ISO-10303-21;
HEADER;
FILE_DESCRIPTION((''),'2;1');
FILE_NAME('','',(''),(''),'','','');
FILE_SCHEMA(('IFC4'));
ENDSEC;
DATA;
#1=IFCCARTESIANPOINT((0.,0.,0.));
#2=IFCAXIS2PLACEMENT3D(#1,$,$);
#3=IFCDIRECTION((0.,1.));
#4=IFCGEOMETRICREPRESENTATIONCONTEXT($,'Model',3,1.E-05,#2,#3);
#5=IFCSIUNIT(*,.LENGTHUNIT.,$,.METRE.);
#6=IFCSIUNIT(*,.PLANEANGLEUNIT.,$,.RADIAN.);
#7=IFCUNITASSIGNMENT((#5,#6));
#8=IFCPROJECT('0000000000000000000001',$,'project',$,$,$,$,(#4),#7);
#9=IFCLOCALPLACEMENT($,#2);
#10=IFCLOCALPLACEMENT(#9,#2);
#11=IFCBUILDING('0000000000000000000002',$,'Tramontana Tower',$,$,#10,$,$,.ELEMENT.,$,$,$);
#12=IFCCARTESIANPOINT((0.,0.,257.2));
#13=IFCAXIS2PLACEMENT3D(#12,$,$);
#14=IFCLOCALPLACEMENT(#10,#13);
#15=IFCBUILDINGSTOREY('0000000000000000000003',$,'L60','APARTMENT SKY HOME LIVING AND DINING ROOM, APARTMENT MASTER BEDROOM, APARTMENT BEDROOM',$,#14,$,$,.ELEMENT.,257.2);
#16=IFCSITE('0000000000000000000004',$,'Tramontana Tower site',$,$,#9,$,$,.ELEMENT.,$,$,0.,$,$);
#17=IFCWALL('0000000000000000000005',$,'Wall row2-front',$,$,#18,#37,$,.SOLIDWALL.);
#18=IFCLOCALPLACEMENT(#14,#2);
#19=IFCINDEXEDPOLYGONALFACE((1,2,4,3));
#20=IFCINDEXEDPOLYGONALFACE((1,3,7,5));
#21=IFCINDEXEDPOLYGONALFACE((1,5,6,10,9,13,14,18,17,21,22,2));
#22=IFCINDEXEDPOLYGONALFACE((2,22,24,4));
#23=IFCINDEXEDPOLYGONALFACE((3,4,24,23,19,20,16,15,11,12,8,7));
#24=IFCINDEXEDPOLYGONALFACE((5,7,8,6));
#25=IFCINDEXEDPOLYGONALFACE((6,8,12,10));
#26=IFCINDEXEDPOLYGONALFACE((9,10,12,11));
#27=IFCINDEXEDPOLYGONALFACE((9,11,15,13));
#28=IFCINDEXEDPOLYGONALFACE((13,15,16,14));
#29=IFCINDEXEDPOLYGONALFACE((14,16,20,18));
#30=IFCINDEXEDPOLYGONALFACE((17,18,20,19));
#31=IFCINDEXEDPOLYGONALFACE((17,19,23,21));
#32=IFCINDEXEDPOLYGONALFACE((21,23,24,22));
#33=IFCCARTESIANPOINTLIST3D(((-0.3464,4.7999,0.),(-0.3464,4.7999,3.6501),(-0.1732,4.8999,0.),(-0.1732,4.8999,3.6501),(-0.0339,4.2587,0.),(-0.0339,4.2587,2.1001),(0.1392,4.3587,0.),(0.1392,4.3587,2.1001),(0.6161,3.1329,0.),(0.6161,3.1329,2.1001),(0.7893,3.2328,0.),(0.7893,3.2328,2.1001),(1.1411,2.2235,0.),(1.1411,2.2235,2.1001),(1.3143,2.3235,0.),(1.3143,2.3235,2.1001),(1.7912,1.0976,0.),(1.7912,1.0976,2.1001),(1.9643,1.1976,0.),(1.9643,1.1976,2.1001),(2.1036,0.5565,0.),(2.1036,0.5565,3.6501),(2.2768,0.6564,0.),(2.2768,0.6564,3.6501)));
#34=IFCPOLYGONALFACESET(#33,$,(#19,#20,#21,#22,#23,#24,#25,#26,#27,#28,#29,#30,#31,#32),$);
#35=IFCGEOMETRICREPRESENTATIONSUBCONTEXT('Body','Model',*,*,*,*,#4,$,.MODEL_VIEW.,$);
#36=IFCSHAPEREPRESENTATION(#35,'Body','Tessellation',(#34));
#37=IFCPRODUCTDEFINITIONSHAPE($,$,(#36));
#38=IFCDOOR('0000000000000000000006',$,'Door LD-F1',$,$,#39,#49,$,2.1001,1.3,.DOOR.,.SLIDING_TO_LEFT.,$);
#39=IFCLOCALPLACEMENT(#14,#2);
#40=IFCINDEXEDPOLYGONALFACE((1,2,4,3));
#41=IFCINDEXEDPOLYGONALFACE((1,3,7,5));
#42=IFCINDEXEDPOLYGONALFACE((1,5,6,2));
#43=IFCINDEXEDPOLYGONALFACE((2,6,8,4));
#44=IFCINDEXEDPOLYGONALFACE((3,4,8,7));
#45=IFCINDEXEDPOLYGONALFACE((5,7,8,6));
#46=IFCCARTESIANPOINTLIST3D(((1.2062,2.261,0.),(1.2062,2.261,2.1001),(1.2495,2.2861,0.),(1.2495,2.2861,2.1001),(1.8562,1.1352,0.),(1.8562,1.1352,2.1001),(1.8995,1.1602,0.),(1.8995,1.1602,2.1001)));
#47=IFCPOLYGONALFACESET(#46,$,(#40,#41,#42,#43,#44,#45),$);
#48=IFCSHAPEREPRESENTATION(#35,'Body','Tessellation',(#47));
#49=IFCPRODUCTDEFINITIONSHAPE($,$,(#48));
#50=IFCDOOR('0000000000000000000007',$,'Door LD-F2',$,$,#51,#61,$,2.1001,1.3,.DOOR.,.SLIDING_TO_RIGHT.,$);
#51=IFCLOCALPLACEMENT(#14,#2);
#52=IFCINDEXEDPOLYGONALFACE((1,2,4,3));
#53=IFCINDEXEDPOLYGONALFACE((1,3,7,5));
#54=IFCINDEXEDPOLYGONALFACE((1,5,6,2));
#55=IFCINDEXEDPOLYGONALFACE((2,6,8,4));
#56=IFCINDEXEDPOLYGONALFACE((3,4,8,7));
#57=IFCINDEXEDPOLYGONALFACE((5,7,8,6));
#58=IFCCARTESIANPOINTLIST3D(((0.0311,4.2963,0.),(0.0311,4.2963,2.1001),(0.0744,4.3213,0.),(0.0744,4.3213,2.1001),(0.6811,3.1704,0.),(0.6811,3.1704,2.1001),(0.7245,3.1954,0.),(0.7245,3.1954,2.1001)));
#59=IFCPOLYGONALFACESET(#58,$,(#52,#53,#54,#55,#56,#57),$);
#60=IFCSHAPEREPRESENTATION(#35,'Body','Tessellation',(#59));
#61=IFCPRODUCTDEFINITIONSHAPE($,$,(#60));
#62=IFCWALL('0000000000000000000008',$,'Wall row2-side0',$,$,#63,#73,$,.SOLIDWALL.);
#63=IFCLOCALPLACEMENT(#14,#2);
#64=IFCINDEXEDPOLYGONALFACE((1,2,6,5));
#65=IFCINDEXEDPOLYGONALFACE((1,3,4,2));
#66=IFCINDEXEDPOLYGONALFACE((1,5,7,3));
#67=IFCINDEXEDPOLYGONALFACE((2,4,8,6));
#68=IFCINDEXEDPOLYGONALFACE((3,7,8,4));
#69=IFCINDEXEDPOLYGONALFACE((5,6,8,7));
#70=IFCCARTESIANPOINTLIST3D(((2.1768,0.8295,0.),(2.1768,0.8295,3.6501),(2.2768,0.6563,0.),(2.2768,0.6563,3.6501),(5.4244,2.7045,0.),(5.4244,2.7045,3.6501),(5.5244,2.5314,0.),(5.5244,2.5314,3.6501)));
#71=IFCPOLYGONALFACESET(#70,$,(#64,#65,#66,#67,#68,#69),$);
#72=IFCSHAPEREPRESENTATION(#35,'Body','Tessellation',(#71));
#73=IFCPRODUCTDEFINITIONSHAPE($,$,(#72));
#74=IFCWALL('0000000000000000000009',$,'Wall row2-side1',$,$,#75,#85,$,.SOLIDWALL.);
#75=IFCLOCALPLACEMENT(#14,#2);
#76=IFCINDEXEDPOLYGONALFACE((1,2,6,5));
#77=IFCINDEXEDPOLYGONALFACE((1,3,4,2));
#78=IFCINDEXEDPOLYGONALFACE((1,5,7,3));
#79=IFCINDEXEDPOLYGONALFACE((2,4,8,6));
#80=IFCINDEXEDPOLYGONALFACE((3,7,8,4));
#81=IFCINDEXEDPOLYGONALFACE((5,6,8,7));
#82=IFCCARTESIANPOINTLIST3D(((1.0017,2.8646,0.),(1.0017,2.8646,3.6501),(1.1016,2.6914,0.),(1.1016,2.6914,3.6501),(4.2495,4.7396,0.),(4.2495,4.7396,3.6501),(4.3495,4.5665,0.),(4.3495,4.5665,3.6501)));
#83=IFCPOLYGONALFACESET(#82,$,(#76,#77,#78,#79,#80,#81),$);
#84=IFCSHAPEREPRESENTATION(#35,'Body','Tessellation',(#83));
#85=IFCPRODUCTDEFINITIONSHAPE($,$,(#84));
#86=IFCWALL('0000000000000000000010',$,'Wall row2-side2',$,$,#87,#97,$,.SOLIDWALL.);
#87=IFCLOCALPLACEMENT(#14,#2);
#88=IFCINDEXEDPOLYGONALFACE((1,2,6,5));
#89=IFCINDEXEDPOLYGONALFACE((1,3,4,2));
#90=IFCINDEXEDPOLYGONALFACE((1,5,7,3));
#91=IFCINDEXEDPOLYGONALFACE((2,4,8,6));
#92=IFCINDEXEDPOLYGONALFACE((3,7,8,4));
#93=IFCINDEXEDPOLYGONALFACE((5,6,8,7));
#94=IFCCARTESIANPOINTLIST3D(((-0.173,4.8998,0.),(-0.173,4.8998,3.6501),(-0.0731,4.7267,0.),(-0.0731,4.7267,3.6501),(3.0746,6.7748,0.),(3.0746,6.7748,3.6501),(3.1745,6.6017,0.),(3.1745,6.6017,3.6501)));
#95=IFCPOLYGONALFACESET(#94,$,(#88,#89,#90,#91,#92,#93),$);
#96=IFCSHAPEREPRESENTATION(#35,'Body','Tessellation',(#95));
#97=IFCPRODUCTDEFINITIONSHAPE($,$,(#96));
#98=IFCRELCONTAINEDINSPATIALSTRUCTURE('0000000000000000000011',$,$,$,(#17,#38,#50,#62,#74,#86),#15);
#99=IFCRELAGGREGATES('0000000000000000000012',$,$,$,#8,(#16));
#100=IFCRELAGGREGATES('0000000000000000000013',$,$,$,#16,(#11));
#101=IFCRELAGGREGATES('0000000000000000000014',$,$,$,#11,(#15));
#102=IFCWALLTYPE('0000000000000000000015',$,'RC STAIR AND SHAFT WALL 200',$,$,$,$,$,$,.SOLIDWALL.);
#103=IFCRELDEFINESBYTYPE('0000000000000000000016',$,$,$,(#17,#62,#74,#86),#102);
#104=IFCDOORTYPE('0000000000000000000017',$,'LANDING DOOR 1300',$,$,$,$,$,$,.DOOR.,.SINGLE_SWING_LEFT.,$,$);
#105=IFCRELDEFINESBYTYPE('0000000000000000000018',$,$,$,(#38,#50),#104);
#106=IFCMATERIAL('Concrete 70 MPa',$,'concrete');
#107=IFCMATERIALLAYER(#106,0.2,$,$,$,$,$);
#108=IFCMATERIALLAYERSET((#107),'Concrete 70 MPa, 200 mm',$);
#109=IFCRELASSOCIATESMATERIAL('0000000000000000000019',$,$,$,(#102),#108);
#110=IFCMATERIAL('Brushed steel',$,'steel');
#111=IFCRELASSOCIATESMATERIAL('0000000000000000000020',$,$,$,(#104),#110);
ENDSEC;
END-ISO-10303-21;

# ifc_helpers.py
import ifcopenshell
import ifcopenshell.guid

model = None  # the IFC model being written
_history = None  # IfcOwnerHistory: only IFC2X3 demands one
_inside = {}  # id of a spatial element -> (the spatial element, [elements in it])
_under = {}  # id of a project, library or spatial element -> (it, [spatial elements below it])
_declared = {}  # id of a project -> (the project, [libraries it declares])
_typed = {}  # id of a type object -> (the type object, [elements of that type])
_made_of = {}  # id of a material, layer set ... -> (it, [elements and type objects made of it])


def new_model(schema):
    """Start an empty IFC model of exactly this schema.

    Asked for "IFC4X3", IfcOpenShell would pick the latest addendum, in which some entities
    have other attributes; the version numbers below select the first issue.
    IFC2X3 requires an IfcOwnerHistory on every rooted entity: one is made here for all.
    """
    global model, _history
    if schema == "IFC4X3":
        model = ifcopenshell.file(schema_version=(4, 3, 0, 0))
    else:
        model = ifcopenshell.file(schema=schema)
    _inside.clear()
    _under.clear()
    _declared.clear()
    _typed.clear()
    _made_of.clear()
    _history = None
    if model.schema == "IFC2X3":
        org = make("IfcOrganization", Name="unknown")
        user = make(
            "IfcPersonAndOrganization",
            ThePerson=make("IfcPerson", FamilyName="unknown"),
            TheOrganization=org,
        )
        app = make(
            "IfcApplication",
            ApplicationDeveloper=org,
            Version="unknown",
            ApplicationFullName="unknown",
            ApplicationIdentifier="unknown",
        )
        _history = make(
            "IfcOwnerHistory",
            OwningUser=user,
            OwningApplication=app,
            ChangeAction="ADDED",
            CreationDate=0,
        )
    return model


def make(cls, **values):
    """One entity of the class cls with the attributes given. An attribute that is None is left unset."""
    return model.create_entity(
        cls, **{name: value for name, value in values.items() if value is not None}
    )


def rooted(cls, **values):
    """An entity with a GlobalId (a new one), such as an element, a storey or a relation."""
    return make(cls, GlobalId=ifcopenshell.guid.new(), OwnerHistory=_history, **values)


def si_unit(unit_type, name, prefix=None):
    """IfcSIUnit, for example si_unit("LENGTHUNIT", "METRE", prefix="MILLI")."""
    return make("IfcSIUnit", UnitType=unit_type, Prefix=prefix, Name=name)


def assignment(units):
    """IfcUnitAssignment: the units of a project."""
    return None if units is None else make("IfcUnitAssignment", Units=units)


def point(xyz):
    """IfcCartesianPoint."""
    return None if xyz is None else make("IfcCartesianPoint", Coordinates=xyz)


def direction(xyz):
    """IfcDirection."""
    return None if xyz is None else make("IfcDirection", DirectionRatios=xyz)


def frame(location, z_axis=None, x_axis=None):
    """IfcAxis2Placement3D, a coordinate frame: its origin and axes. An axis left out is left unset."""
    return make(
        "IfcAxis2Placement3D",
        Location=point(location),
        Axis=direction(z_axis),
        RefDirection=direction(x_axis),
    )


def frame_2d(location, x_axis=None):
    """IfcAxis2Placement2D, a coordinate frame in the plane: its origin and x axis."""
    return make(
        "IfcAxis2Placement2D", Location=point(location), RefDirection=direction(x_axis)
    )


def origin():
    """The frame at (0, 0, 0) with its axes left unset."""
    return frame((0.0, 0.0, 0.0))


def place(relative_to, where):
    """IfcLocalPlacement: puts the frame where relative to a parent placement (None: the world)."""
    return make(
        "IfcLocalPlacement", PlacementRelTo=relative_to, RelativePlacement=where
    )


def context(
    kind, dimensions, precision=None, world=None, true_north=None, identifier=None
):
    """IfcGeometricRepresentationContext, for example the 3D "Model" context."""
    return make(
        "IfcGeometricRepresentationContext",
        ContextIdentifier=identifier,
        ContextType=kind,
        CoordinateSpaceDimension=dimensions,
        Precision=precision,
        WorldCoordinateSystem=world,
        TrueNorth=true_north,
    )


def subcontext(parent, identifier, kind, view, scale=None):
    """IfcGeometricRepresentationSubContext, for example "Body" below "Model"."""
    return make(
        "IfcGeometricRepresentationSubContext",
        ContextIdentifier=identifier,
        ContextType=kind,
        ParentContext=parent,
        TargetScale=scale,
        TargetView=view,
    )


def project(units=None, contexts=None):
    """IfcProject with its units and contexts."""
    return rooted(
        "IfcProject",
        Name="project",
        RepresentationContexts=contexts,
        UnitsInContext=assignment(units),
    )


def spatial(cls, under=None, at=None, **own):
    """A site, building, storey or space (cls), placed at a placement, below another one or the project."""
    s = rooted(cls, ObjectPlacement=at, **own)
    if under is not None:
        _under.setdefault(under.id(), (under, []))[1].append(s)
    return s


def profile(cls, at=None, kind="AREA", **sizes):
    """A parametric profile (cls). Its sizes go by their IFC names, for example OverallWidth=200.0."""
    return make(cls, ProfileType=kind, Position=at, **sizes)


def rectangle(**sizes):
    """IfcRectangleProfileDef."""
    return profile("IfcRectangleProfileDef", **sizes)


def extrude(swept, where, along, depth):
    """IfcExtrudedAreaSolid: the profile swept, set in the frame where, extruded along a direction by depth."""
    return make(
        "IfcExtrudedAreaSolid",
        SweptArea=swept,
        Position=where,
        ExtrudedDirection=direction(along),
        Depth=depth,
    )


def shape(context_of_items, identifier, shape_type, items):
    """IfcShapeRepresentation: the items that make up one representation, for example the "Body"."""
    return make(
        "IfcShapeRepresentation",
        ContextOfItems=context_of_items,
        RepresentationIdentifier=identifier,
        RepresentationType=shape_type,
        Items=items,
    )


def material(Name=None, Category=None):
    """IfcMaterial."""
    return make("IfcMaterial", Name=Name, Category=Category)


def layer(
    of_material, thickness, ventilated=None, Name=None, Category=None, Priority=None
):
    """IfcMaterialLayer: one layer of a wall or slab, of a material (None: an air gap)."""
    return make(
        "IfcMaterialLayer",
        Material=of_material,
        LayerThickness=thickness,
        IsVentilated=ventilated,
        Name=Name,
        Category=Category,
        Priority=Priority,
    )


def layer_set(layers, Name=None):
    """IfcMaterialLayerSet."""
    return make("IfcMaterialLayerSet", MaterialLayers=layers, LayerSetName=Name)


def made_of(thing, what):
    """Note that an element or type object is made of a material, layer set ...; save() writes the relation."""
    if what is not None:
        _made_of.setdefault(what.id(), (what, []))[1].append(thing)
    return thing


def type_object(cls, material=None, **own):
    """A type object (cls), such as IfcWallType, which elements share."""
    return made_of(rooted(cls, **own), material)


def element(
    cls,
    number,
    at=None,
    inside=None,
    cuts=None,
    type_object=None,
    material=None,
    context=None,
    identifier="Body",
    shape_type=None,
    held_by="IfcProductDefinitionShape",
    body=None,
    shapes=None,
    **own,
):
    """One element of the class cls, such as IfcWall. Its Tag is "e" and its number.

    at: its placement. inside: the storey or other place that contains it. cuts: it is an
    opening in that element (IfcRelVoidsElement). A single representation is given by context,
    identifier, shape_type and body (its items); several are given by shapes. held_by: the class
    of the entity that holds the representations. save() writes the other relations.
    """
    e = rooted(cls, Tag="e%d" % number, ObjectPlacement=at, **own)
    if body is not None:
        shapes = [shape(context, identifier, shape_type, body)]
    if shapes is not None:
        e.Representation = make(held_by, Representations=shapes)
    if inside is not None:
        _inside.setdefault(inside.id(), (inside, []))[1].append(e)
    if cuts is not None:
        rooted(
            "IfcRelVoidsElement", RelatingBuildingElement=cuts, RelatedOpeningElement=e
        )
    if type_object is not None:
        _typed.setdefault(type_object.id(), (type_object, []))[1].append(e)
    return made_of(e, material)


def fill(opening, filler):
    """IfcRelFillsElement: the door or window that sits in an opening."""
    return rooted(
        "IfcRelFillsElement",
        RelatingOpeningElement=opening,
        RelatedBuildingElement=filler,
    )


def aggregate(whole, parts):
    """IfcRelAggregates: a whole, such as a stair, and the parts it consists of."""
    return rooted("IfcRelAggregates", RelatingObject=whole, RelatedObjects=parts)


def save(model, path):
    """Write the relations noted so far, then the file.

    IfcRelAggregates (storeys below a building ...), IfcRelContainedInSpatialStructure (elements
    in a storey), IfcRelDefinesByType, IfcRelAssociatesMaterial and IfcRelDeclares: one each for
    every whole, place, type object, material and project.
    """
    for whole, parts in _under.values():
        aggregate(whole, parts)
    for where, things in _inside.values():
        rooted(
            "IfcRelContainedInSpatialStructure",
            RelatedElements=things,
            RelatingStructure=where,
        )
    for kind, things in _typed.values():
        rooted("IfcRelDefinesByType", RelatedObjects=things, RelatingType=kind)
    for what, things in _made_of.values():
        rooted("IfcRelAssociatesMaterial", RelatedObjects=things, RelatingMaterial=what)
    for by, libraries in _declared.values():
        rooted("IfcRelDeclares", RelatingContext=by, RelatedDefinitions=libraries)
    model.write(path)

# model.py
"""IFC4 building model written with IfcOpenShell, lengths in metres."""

from ifc_helpers import new_model, si_unit, direction, frame, frame_2d, origin, place, context, subcontext, project, spatial, rectangle, extrude, material, layer, layer_set, type_object, element, fill, save


model = new_model("IFC4")

# Units and contexts
model_context = context("Model", 3, precision=1e-05, world=origin(), true_north=direction((0.0, 1.0)))
body_context = subcontext(model_context, "Body", "Model", "MODEL_VIEW")
ifc_project = project(units=[si_unit("LENGTHUNIT", "METRE"), si_unit("PLANEANGLEUNIT", "RADIAN")], contexts=[model_context])

# Site, building, storey
site_placement = place(None, origin())
site = spatial("IfcSite", under=ifc_project, at=site_placement, Name="Tramontana Tower site", CompositionType="ELEMENT", RefElevation=0.0)
building_placement = place(site_placement, origin())
building = spatial("IfcBuilding", under=site, at=building_placement, Name="Tramontana Tower", CompositionType="ELEMENT")
storey_placement = place(building_placement, frame((0.0, 0.0, 257.2)))
storey = spatial("IfcBuildingStorey", under=building, at=storey_placement, Name="L60", Description="APARTMENT SKY HOME LIVING AND DINING ROOM, APARTMENT MASTER BEDROOM, APARTMENT BEDROOM", CompositionType="ELEMENT", Elevation=257.2)

# Wall, openings, doors
ifc_material_1 = material(Name="Concrete 70 MPa", Category="concrete")
ifc_layer_1 = layer(ifc_material_1, 0.2)
ifc_layer_set_1 = layer_set([ifc_layer_1], Name="Concrete 70 MPa, 200 mm")
wall_type_1 = type_object("IfcWallType", Name="RC STAIR AND SHAFT WALL 200", PredefinedType="SOLIDWALL", material=ifc_layer_set_1)
wall_1_placement = place(storey_placement, frame((2.1902, 0.6064, 0.0), z_axis=(0.0, 0.0, 1.0), x_axis=(-0.500003, 0.866024, 0.0)))
wall_1 = element("IfcWall", 1, at=wall_1_placement, inside=storey, type_object=wall_type_1, Name="Wall row2-front", PredefinedType="SOLIDWALL", context=body_context, shape_type="SweptSolid", body=[
    extrude(rectangle(XDim=4.8999, YDim=0.2, at=frame_2d((2.45, 0.0))), origin(), (0.0, 0.0, 1.0), 3.6501),
])
opening_1_placement = place(wall_1_placement, frame((0.625, 0.0, 0.0)))
opening_1 = element("IfcOpeningElement", 2, at=opening_1_placement, cuts=wall_1, PredefinedType="OPENING", context=body_context, shape_type="SweptSolid", body=[
    extrude(rectangle(XDim=1.3, YDim=2.1001, at=frame_2d((0.6499, 1.05))), frame((0.0, 0.1099, 0.0), z_axis=(0.0, -1.0, 0.0), x_axis=(1.0, 0.0, 0.0)), (0.0, 0.0, 1.0), 0.22),
])
opening_2_placement = place(wall_1_placement, frame((2.9751, 0.0, 0.0)))
opening_2 = element("IfcOpeningElement", 3, at=opening_2_placement, cuts=wall_1, PredefinedType="OPENING", context=body_context, shape_type="SweptSolid", body=[
    extrude(rectangle(XDim=1.3, YDim=2.1001, at=frame_2d((0.6499, 1.05))), frame((0.0, 0.1099, 0.0), z_axis=(0.0, -1.0, 0.0), x_axis=(1.0, 0.0, 0.0)), (0.0, 0.0, 1.0), 0.22),
])
ifc_material_2 = material(Name="Brushed steel", Category="steel")
door_type_1 = type_object("IfcDoorType", Name="LANDING DOOR 1300", OperationType="SINGLE_SWING_LEFT", PredefinedType="DOOR", material=ifc_material_2)
door_1_placement = place(opening_1_placement, origin())
door_1 = element("IfcDoor", 4, at=door_1_placement, inside=storey, type_object=door_type_1, Name="Door LD-F1", OperationType="SLIDING_TO_LEFT", OverallHeight=2.1001, OverallWidth=1.3, PredefinedType="DOOR", context=body_context, shape_type="SweptSolid", body=[
    extrude(rectangle(XDim=1.3, YDim=2.1001, at=frame_2d((0.6499, 1.05))), frame((0.0, 0.0249, 0.0), z_axis=(0.0, -1.0, 0.0), x_axis=(1.0, 0.0, 0.0)), (0.0, 0.0, 1.0), 0.05),
])
fill(opening_1, door_1)
door_2_placement = place(opening_2_placement, origin())
door_2 = element("IfcDoor", 5, at=door_2_placement, inside=storey, type_object=door_type_1, Name="Door LD-F2", OperationType="SLIDING_TO_RIGHT", OverallHeight=2.1001, OverallWidth=1.3, PredefinedType="DOOR", context=body_context, shape_type="SweptSolid", body=[
    extrude(rectangle(XDim=1.3, YDim=2.1001, at=frame_2d((0.6499, 1.05))), frame((0.0, 0.0249, 0.0), z_axis=(0.0, -1.0, 0.0), x_axis=(1.0, 0.0, 0.0)), (0.0, 0.0, 1.0), 0.05),
])
fill(opening_2, door_2)

# Walls
wall_2_placement = place(storey_placement, frame((2.2268, 0.7429, 0.0), z_axis=(0.0, 0.0, 1.0), x_axis=(0.866023, 0.500004, 0.0)))
element("IfcWall", 6, at=wall_2_placement, inside=storey, type_object=wall_type_1, Name="Wall row2-side0", PredefinedType="SOLIDWALL", context=body_context, shape_type="SweptSolid", body=[
    extrude(rectangle(XDim=3.75, YDim=0.2, at=frame_2d((1.875, 0.0))), origin(), (0.0, 0.0, 1.0), 3.6501),
])
wall_3_placement = place(storey_placement, frame((1.0518, 2.7781, 0.0), z_axis=(0.0, 0.0, 1.0), x_axis=(0.866039, 0.499976, 0.0)))
element("IfcWall", 7, at=wall_3_placement, inside=storey, type_object=wall_type_1, Name="Wall row2-side1", PredefinedType="SOLIDWALL", context=body_context, shape_type="SweptSolid", body=[
    extrude(rectangle(XDim=3.7502, YDim=0.2, at=frame_2d((1.875, 0.0))), origin(), (0.0, 0.0, 1.0), 3.6501),
])
wall_4_placement = place(storey_placement, frame((-0.123, 4.8132, 0.0), z_axis=(0.0, 0.0, 1.0), x_axis=(0.866023, 0.500004, 0.0)))
element("IfcWall", 8, at=wall_4_placement, inside=storey, type_object=wall_type_1, Name="Wall row2-side2", PredefinedType="SOLIDWALL", context=body_context, shape_type="SweptSolid", body=[
    extrude(rectangle(XDim=3.75, YDim=0.2, at=frame_2d((1.875, 0.0))), origin(), (0.0, 0.0, 1.0), 3.6501),
])

save(model, "model.ifc")
